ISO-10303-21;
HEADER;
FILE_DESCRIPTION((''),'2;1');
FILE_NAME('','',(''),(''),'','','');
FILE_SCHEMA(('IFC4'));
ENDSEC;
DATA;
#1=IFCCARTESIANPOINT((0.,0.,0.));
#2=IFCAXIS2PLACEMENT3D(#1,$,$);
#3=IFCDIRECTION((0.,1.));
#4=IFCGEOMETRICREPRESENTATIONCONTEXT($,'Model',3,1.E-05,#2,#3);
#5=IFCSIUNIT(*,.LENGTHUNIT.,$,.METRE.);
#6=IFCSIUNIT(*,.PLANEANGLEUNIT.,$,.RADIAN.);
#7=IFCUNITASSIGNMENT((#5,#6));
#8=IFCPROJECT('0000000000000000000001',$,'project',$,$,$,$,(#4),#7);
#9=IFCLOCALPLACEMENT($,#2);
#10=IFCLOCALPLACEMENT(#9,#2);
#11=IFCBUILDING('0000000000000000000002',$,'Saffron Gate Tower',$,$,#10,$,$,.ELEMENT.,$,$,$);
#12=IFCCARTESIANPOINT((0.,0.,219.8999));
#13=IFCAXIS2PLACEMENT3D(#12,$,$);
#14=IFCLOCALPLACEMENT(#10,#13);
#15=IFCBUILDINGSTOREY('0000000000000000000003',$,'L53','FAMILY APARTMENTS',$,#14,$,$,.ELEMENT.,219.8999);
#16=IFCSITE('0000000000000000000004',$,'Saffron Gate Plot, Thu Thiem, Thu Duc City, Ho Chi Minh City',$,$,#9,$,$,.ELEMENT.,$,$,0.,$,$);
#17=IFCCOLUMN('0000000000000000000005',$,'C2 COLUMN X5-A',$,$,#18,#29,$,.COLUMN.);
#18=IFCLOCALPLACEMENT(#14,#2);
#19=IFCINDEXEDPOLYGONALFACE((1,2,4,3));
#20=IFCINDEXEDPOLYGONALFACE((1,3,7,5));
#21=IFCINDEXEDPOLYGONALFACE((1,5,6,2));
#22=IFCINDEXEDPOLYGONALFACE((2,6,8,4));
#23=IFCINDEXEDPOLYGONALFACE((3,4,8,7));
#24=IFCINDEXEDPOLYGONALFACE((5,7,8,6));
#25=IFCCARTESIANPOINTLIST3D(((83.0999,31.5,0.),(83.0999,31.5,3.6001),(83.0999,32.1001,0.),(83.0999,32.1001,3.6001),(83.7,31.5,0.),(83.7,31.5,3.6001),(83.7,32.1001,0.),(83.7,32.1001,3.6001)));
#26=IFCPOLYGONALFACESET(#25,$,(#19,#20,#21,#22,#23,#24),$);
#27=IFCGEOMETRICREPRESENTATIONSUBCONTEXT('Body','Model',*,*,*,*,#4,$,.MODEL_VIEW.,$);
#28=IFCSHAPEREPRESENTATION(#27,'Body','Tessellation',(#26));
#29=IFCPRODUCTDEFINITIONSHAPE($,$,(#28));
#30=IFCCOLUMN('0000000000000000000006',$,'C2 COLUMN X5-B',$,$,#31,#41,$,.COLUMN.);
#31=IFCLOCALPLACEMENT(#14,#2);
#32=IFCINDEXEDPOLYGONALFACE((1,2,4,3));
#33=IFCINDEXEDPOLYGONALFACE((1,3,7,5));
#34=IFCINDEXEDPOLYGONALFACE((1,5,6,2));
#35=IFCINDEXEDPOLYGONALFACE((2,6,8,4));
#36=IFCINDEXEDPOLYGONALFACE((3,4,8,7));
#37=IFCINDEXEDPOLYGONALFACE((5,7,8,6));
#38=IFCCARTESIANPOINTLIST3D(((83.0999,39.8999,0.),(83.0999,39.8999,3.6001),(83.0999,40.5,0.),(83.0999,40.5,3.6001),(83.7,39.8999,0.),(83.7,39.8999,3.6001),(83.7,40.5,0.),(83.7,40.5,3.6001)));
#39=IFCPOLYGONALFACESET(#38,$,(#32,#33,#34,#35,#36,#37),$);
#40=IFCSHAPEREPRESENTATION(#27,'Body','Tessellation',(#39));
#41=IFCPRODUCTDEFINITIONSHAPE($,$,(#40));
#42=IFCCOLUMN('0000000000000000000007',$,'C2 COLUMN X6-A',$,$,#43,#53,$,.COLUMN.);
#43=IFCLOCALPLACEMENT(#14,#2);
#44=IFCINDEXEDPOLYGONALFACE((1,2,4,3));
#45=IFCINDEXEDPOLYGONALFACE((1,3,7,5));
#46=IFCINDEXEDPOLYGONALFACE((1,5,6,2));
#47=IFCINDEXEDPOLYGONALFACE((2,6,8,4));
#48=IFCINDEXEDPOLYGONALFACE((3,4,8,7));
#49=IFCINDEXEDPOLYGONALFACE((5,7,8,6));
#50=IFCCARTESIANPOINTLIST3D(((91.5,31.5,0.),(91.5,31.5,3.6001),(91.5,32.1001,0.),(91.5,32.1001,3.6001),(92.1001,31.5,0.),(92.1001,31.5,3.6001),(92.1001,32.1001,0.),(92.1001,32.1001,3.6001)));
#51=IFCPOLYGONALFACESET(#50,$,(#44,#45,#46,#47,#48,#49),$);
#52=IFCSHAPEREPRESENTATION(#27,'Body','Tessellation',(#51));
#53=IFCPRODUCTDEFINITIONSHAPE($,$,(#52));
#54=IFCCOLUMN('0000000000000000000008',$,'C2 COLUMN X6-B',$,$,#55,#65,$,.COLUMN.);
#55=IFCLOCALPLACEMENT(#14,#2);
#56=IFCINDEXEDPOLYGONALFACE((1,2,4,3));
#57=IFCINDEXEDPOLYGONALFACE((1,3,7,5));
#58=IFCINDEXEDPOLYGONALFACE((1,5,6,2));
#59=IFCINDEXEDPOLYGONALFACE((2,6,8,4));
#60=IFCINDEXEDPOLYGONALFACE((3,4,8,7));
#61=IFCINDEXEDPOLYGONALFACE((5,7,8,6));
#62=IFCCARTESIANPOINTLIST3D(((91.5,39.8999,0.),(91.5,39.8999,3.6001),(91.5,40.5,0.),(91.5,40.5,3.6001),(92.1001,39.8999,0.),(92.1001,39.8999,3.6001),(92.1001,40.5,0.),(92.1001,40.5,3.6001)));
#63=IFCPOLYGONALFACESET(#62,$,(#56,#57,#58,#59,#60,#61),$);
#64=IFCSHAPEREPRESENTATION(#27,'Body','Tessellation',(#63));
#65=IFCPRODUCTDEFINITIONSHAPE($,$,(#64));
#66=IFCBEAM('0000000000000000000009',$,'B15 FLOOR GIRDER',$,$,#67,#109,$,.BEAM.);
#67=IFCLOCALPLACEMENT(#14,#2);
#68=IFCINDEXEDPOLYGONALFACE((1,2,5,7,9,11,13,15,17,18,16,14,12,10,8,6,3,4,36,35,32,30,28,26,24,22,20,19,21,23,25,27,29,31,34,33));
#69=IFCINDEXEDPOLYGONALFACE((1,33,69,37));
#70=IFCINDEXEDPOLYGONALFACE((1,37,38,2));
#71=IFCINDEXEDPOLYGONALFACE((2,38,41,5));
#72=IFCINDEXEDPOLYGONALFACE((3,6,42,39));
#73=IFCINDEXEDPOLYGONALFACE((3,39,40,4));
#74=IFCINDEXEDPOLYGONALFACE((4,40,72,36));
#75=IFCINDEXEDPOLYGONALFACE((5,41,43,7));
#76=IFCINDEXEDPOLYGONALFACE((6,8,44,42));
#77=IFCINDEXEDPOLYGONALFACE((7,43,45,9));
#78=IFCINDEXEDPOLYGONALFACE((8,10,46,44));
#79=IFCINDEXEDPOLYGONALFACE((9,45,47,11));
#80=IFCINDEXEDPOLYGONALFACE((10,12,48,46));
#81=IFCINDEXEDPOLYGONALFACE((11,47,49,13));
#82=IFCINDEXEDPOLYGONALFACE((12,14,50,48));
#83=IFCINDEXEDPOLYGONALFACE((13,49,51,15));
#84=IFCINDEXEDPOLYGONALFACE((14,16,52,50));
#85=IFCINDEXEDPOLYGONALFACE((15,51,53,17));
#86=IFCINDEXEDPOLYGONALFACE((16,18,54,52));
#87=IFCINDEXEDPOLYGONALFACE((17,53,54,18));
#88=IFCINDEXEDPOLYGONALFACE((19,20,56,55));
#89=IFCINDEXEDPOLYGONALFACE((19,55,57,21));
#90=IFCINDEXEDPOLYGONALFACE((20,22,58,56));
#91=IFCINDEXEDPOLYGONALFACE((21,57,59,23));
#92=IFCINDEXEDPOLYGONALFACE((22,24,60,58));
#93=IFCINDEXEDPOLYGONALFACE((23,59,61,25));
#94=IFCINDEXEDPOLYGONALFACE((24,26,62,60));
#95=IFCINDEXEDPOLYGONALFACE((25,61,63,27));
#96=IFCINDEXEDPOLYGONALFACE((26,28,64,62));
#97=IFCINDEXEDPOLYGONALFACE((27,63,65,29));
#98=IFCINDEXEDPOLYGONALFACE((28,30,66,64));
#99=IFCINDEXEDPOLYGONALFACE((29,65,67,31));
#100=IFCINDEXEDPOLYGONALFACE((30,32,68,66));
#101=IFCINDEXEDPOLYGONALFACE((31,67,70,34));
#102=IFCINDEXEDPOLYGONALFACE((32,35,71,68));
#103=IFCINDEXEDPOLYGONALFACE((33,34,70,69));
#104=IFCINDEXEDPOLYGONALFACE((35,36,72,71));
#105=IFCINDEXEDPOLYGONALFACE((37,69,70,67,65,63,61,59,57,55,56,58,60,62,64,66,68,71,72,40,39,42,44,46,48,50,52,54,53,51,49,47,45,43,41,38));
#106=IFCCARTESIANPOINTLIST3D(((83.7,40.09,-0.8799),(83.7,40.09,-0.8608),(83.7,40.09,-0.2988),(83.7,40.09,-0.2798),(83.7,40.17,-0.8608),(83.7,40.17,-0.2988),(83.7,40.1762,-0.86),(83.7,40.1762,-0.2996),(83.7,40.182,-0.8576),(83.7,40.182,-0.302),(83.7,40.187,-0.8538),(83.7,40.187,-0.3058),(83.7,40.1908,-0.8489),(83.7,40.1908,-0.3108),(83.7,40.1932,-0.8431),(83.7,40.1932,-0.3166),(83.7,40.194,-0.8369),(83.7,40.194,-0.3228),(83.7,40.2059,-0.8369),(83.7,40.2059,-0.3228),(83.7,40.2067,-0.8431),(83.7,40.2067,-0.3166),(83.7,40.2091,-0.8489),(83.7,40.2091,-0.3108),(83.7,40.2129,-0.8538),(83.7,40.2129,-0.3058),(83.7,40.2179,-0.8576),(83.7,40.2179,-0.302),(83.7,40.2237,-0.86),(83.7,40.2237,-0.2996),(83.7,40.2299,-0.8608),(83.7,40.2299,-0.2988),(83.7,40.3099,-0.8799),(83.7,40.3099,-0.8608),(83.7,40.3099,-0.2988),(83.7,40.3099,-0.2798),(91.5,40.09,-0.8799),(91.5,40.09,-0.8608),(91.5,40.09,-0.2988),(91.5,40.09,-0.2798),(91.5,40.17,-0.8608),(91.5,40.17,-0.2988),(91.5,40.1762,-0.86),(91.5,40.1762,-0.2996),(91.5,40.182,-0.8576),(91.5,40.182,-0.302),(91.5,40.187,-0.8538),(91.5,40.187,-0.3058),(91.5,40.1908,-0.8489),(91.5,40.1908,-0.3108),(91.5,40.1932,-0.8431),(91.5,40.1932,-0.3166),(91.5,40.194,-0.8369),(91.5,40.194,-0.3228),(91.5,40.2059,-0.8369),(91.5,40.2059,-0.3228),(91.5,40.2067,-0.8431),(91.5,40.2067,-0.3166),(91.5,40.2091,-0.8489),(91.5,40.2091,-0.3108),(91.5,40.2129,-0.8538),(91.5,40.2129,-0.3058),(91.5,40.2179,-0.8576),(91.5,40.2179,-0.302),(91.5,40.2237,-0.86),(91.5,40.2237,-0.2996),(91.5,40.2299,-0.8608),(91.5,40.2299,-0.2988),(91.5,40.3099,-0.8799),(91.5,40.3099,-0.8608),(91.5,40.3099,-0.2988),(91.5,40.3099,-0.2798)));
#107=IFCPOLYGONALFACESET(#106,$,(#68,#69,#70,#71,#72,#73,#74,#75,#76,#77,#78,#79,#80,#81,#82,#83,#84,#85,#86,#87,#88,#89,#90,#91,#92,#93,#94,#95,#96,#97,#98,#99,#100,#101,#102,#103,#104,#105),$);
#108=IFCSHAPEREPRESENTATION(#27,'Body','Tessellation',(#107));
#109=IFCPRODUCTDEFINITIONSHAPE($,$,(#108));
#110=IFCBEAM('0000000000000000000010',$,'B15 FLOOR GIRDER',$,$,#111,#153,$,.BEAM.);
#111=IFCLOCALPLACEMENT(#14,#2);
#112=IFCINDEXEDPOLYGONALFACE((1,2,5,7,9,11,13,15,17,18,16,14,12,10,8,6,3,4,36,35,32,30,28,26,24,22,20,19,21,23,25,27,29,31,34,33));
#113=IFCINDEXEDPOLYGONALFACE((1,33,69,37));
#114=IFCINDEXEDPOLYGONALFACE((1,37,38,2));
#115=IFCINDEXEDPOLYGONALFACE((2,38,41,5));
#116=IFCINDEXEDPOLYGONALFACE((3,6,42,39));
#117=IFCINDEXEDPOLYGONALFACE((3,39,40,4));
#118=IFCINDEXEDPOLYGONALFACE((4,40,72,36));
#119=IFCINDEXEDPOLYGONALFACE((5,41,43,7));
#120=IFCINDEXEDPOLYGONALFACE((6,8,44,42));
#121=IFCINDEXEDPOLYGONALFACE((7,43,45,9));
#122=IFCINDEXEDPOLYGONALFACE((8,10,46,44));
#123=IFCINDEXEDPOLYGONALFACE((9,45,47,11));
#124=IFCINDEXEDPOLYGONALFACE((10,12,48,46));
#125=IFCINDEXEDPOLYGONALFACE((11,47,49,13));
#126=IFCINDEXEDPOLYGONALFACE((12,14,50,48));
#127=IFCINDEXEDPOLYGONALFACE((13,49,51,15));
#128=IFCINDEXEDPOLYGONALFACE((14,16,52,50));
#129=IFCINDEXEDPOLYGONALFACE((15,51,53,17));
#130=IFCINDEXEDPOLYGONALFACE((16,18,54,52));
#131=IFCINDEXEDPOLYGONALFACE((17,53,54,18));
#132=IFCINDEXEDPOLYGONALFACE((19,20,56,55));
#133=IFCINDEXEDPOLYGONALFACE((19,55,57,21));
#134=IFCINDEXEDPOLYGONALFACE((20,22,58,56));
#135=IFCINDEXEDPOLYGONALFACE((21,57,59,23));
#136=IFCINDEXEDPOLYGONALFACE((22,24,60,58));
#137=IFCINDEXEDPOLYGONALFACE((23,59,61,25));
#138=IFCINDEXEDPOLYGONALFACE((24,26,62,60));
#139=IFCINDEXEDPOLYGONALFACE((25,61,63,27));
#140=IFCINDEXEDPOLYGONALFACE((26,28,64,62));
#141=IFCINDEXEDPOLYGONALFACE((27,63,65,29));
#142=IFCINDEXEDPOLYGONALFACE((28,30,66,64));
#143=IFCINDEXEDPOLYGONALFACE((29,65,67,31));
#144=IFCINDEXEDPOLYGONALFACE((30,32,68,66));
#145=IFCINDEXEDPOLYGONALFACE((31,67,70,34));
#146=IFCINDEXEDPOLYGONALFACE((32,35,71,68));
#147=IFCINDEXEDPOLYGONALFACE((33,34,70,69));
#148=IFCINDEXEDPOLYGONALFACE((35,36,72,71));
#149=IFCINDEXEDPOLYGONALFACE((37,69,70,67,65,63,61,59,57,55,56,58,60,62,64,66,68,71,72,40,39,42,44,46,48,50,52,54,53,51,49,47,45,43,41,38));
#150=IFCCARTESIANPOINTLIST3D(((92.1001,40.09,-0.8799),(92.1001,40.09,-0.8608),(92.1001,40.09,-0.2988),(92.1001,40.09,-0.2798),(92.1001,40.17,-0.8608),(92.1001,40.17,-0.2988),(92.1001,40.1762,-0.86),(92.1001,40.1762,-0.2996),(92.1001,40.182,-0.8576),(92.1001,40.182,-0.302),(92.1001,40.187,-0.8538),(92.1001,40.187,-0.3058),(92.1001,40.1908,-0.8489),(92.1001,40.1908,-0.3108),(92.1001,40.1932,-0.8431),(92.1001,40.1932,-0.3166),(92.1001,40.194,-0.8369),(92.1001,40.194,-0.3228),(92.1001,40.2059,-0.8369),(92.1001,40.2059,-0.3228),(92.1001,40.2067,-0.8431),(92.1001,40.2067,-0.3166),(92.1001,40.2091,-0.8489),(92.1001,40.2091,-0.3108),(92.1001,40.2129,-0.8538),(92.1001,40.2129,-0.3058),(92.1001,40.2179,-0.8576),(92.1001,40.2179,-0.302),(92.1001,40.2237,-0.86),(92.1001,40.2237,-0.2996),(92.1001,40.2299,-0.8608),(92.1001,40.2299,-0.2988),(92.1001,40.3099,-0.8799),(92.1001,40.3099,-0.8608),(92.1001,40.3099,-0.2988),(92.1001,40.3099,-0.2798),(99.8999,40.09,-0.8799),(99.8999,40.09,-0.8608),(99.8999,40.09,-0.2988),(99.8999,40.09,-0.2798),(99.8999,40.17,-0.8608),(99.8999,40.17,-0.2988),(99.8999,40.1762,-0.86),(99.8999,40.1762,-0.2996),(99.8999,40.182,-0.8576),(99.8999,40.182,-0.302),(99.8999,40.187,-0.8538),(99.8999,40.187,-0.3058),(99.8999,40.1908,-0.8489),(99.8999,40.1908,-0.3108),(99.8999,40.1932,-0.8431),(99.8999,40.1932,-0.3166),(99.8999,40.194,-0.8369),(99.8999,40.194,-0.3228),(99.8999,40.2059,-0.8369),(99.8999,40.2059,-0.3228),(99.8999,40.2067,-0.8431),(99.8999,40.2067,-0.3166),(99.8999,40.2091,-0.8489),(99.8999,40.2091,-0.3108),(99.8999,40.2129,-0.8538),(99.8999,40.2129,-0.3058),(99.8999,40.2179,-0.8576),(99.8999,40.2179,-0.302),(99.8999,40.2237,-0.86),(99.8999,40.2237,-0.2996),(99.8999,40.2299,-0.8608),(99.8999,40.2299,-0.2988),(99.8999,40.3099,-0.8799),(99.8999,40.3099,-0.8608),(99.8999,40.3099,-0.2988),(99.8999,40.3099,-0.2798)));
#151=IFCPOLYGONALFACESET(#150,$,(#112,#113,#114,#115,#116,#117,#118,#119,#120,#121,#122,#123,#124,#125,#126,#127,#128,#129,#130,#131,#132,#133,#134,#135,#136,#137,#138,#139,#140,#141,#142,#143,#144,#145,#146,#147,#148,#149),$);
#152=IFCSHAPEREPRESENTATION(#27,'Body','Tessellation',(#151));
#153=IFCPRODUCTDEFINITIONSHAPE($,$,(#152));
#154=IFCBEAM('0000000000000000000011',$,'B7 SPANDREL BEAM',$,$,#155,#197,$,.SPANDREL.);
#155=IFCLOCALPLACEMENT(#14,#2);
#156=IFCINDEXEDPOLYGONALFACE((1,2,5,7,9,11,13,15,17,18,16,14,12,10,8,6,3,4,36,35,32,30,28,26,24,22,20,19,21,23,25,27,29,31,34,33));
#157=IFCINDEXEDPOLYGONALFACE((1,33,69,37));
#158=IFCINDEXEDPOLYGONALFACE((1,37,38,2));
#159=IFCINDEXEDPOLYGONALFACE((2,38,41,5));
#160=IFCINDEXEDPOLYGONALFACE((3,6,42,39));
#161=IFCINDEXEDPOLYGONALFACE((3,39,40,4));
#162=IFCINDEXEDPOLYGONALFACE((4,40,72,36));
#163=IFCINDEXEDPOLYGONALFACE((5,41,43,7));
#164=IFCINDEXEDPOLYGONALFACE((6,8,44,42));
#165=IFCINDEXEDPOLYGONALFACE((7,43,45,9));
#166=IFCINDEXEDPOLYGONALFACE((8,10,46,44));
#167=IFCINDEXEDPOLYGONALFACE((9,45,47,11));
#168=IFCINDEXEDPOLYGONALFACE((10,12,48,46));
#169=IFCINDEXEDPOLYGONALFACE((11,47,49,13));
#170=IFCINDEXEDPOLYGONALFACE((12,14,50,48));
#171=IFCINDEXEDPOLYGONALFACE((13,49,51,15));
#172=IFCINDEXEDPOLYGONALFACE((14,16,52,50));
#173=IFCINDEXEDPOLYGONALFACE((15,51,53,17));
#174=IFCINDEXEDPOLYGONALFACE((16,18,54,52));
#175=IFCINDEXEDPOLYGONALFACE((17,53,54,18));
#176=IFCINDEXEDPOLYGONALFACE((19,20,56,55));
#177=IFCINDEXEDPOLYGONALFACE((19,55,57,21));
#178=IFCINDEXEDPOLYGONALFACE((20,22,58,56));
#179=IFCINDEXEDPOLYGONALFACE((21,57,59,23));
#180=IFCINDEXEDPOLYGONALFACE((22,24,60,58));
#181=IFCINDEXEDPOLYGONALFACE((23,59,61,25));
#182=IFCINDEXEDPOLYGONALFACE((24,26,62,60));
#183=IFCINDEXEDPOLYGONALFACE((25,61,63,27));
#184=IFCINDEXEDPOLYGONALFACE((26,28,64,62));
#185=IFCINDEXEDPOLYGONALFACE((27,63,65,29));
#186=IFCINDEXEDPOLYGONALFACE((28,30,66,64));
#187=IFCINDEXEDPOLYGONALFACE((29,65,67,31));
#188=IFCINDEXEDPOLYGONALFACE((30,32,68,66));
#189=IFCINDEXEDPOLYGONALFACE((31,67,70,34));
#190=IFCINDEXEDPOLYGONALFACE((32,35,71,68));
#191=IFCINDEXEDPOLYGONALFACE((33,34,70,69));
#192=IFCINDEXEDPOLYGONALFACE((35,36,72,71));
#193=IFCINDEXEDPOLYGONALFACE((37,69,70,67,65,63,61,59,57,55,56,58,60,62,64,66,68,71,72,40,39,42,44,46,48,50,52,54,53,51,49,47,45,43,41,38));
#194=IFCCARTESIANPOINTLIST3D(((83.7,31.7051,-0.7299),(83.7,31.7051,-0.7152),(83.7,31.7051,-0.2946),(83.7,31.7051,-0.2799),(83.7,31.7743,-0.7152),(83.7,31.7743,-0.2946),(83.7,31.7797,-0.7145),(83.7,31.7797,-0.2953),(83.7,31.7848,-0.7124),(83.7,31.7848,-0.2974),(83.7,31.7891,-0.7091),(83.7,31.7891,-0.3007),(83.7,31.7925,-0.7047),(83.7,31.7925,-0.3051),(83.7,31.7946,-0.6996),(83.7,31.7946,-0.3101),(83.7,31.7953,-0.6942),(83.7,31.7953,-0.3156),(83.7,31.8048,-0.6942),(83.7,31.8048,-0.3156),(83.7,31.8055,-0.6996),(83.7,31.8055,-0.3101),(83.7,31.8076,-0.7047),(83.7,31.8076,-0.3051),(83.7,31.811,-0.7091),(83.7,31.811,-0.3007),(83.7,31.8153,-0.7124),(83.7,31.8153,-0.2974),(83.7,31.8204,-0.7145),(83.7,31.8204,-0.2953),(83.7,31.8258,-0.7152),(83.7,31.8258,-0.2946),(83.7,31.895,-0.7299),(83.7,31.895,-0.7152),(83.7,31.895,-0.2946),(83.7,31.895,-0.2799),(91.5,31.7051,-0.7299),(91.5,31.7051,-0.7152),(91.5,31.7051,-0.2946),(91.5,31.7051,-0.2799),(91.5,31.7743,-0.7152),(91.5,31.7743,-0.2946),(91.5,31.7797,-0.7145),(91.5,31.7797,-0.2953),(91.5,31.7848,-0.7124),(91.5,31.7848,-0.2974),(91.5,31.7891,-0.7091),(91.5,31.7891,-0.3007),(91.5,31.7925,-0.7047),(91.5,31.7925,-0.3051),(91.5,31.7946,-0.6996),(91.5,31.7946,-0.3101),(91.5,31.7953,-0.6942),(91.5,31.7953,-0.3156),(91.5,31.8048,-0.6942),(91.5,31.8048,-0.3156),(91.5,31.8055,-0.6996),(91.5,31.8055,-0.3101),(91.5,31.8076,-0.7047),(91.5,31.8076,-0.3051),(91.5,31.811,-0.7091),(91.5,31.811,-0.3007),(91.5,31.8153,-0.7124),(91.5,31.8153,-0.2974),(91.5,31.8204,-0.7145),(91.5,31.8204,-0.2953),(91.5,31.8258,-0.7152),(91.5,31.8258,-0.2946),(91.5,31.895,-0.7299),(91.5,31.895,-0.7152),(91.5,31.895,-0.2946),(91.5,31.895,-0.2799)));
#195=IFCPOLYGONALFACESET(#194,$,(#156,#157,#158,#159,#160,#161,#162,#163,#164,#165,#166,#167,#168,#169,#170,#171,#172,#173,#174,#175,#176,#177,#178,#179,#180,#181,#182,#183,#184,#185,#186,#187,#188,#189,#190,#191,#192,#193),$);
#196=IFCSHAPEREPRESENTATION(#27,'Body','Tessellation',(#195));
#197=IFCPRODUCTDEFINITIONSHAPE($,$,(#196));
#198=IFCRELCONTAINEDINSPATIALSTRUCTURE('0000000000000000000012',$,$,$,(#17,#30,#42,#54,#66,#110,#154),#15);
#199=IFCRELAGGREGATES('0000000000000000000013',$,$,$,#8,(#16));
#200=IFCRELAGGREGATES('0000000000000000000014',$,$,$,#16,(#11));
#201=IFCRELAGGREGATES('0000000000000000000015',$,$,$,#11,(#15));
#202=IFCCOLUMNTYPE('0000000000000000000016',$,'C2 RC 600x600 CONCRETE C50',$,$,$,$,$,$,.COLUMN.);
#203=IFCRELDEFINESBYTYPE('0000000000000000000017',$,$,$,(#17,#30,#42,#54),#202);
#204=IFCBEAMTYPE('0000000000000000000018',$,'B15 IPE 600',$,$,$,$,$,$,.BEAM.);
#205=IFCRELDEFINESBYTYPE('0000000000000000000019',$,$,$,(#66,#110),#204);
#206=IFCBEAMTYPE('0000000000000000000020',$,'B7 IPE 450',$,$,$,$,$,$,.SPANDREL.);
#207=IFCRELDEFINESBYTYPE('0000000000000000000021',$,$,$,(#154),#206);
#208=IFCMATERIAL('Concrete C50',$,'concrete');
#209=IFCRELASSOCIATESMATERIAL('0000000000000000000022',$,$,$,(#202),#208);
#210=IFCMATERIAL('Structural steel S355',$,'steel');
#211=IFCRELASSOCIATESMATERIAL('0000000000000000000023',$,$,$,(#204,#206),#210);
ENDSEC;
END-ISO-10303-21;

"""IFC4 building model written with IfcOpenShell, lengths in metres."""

from ifc_helpers import new_model, si_unit, direction, frame, origin, origin_2d, place, context, subcontext, project, spatial, rectangle, i_section, extrude, material, material_profile, profile_set, type_object, element, save


model = new_model("IFC4")

# Units and contexts
model_context = context("Model", 3, precision=1e-05, world=origin(), true_north=direction((0.0, 1.0)))
body_context = subcontext(model_context, "Body", "Model", "MODEL_VIEW")
ifc_project = project(units=[si_unit("LENGTHUNIT", "METRE"), si_unit("PLANEANGLEUNIT", "RADIAN")], contexts=[model_context])

# Site, building, storey
site_placement = place(None, origin())
site = spatial("IfcSite", under=ifc_project, at=site_placement, Name="Saffron Gate Plot, Thu Thiem, Thu Duc City, Ho Chi Minh City", CompositionType="ELEMENT", RefElevation=0.0)
building_placement = place(site_placement, origin())
building = spatial("IfcBuilding", under=site, at=building_placement, Name="Saffron Gate Tower", CompositionType="ELEMENT")
storey_placement = place(building_placement, frame((0.0, 0.0, 219.8999)))
storey = spatial("IfcBuildingStorey", under=building, at=storey_placement, Name="L53", Description="FAMILY APARTMENTS", CompositionType="ELEMENT", Elevation=219.8999)

# Columns
ifc_material_1 = material(Name="Concrete C50", Category="concrete")
ifc_material_profile_1 = material_profile(ifc_material_1, rectangle(XDim=0.6001, YDim=0.6001, at=origin_2d()))
ifc_profile_set_1 = profile_set([ifc_material_profile_1], Name="Concrete C50")
column_type = type_object("IfcColumnType", Name="C2 RC 600x600 CONCRETE C50", PredefinedType="COLUMN", material=ifc_profile_set_1)
for number, where, z_axis, x_axis, name in (
    (1, (83.3999, 31.8, 0.0), (0.0, 0.0, 1.0), (1.0, 0.0, 0.0), "C2 COLUMN X5-A"),
    (2, (83.3999, 40.2, 0.0), (0.0, 0.0, 1.0), (1.0, 0.0, 0.0), "C2 COLUMN X5-B"),
    (3, (91.8, 31.8, 0.0), (0.0, 0.0, 1.0), (1.0, 0.0, 0.0), "C2 COLUMN X6-A"),
    (4, (91.8, 40.2, 0.0), (0.0, 0.0, 1.0), (1.0, 0.0, 0.0), "C2 COLUMN X6-B"),
):
    element("IfcColumn", number, at=place(storey_placement, frame(where, z_axis=z_axis, x_axis=x_axis)), inside=storey, type_object=column_type, Name=name, PredefinedType="COLUMN", context=body_context, shape_type="SweptSolid", body=[
        extrude(rectangle(XDim=0.6001, YDim=0.6001, at=origin_2d()), origin(), (0.0, 0.0, 1.0), 3.6001),
    ])

# Beams
ifc_material_2 = material(Name="Structural steel S355", Category="steel")
ifc_material_profile_2 = material_profile(ifc_material_2, i_section(OverallWidth=0.22, OverallDepth=0.6001, WebThickness=0.012, FlangeThickness=0.019, FilletRadius=0.0239, at=origin_2d()))
ifc_profile_set_2 = profile_set([ifc_material_profile_2], Name="Structural steel S355")
beam_type_1 = type_object("IfcBeamType", Name="B15 IPE 600", PredefinedType="BEAM", material=ifc_profile_set_2)
beam_1_placement = place(storey_placement, frame((83.7, 40.2, -0.5798), z_axis=(1.0, 0.0, 0.0), x_axis=(0.0, 1.0, 0.0)))
element("IfcBeam", 5, at=beam_1_placement, inside=storey, type_object=beam_type_1, Name="B15 FLOOR GIRDER", PredefinedType="BEAM", context=body_context, shape_type="SweptSolid", body=[
    extrude(i_section(OverallWidth=0.22, OverallDepth=0.6001, WebThickness=0.012, FlangeThickness=0.019, FilletRadius=0.0239, at=origin_2d()), origin(), (0.0, 0.0, 1.0), 7.8),
])
beam_2_placement = place(storey_placement, frame((92.1001, 40.2, -0.5798), z_axis=(1.0, 0.0, 0.0), x_axis=(0.0, 1.0, 0.0)))
element("IfcBeam", 6, at=beam_2_placement, inside=storey, type_object=beam_type_1, Name="B15 FLOOR GIRDER", PredefinedType="BEAM", context=body_context, shape_type="SweptSolid", body=[
    extrude(i_section(OverallWidth=0.22, OverallDepth=0.6001, WebThickness=0.012, FlangeThickness=0.019, FilletRadius=0.0239, at=origin_2d()), origin(), (0.0, 0.0, 1.0), 7.7998),
])
ifc_material_profile_3 = material_profile(ifc_material_2, i_section(OverallWidth=0.1899, OverallDepth=0.45, WebThickness=0.0095, FlangeThickness=0.0146, FilletRadius=0.021, at=origin_2d()))
ifc_profile_set_3 = profile_set([ifc_material_profile_3], Name="Structural steel S355")
beam_type_2 = type_object("IfcBeamType", Name="B7 IPE 450", PredefinedType="SPANDREL", material=ifc_profile_set_3)
beam_3_placement = place(storey_placement, frame((83.7, 31.8, -0.5049), z_axis=(1.0, 0.0, 0.0), x_axis=(0.0, 1.0, 0.0)))
element("IfcBeam", 7, at=beam_3_placement, inside=storey, type_object=beam_type_2, Name="B7 SPANDREL BEAM", PredefinedType="SPANDREL", context=body_context, shape_type="SweptSolid", body=[
    extrude(i_section(OverallWidth=0.1899, OverallDepth=0.45, WebThickness=0.0095, FlangeThickness=0.0146, FilletRadius=0.021, at=origin_2d()), origin(), (0.0, 0.0, 1.0), 7.8),
])

save(model, "model.ifc")
